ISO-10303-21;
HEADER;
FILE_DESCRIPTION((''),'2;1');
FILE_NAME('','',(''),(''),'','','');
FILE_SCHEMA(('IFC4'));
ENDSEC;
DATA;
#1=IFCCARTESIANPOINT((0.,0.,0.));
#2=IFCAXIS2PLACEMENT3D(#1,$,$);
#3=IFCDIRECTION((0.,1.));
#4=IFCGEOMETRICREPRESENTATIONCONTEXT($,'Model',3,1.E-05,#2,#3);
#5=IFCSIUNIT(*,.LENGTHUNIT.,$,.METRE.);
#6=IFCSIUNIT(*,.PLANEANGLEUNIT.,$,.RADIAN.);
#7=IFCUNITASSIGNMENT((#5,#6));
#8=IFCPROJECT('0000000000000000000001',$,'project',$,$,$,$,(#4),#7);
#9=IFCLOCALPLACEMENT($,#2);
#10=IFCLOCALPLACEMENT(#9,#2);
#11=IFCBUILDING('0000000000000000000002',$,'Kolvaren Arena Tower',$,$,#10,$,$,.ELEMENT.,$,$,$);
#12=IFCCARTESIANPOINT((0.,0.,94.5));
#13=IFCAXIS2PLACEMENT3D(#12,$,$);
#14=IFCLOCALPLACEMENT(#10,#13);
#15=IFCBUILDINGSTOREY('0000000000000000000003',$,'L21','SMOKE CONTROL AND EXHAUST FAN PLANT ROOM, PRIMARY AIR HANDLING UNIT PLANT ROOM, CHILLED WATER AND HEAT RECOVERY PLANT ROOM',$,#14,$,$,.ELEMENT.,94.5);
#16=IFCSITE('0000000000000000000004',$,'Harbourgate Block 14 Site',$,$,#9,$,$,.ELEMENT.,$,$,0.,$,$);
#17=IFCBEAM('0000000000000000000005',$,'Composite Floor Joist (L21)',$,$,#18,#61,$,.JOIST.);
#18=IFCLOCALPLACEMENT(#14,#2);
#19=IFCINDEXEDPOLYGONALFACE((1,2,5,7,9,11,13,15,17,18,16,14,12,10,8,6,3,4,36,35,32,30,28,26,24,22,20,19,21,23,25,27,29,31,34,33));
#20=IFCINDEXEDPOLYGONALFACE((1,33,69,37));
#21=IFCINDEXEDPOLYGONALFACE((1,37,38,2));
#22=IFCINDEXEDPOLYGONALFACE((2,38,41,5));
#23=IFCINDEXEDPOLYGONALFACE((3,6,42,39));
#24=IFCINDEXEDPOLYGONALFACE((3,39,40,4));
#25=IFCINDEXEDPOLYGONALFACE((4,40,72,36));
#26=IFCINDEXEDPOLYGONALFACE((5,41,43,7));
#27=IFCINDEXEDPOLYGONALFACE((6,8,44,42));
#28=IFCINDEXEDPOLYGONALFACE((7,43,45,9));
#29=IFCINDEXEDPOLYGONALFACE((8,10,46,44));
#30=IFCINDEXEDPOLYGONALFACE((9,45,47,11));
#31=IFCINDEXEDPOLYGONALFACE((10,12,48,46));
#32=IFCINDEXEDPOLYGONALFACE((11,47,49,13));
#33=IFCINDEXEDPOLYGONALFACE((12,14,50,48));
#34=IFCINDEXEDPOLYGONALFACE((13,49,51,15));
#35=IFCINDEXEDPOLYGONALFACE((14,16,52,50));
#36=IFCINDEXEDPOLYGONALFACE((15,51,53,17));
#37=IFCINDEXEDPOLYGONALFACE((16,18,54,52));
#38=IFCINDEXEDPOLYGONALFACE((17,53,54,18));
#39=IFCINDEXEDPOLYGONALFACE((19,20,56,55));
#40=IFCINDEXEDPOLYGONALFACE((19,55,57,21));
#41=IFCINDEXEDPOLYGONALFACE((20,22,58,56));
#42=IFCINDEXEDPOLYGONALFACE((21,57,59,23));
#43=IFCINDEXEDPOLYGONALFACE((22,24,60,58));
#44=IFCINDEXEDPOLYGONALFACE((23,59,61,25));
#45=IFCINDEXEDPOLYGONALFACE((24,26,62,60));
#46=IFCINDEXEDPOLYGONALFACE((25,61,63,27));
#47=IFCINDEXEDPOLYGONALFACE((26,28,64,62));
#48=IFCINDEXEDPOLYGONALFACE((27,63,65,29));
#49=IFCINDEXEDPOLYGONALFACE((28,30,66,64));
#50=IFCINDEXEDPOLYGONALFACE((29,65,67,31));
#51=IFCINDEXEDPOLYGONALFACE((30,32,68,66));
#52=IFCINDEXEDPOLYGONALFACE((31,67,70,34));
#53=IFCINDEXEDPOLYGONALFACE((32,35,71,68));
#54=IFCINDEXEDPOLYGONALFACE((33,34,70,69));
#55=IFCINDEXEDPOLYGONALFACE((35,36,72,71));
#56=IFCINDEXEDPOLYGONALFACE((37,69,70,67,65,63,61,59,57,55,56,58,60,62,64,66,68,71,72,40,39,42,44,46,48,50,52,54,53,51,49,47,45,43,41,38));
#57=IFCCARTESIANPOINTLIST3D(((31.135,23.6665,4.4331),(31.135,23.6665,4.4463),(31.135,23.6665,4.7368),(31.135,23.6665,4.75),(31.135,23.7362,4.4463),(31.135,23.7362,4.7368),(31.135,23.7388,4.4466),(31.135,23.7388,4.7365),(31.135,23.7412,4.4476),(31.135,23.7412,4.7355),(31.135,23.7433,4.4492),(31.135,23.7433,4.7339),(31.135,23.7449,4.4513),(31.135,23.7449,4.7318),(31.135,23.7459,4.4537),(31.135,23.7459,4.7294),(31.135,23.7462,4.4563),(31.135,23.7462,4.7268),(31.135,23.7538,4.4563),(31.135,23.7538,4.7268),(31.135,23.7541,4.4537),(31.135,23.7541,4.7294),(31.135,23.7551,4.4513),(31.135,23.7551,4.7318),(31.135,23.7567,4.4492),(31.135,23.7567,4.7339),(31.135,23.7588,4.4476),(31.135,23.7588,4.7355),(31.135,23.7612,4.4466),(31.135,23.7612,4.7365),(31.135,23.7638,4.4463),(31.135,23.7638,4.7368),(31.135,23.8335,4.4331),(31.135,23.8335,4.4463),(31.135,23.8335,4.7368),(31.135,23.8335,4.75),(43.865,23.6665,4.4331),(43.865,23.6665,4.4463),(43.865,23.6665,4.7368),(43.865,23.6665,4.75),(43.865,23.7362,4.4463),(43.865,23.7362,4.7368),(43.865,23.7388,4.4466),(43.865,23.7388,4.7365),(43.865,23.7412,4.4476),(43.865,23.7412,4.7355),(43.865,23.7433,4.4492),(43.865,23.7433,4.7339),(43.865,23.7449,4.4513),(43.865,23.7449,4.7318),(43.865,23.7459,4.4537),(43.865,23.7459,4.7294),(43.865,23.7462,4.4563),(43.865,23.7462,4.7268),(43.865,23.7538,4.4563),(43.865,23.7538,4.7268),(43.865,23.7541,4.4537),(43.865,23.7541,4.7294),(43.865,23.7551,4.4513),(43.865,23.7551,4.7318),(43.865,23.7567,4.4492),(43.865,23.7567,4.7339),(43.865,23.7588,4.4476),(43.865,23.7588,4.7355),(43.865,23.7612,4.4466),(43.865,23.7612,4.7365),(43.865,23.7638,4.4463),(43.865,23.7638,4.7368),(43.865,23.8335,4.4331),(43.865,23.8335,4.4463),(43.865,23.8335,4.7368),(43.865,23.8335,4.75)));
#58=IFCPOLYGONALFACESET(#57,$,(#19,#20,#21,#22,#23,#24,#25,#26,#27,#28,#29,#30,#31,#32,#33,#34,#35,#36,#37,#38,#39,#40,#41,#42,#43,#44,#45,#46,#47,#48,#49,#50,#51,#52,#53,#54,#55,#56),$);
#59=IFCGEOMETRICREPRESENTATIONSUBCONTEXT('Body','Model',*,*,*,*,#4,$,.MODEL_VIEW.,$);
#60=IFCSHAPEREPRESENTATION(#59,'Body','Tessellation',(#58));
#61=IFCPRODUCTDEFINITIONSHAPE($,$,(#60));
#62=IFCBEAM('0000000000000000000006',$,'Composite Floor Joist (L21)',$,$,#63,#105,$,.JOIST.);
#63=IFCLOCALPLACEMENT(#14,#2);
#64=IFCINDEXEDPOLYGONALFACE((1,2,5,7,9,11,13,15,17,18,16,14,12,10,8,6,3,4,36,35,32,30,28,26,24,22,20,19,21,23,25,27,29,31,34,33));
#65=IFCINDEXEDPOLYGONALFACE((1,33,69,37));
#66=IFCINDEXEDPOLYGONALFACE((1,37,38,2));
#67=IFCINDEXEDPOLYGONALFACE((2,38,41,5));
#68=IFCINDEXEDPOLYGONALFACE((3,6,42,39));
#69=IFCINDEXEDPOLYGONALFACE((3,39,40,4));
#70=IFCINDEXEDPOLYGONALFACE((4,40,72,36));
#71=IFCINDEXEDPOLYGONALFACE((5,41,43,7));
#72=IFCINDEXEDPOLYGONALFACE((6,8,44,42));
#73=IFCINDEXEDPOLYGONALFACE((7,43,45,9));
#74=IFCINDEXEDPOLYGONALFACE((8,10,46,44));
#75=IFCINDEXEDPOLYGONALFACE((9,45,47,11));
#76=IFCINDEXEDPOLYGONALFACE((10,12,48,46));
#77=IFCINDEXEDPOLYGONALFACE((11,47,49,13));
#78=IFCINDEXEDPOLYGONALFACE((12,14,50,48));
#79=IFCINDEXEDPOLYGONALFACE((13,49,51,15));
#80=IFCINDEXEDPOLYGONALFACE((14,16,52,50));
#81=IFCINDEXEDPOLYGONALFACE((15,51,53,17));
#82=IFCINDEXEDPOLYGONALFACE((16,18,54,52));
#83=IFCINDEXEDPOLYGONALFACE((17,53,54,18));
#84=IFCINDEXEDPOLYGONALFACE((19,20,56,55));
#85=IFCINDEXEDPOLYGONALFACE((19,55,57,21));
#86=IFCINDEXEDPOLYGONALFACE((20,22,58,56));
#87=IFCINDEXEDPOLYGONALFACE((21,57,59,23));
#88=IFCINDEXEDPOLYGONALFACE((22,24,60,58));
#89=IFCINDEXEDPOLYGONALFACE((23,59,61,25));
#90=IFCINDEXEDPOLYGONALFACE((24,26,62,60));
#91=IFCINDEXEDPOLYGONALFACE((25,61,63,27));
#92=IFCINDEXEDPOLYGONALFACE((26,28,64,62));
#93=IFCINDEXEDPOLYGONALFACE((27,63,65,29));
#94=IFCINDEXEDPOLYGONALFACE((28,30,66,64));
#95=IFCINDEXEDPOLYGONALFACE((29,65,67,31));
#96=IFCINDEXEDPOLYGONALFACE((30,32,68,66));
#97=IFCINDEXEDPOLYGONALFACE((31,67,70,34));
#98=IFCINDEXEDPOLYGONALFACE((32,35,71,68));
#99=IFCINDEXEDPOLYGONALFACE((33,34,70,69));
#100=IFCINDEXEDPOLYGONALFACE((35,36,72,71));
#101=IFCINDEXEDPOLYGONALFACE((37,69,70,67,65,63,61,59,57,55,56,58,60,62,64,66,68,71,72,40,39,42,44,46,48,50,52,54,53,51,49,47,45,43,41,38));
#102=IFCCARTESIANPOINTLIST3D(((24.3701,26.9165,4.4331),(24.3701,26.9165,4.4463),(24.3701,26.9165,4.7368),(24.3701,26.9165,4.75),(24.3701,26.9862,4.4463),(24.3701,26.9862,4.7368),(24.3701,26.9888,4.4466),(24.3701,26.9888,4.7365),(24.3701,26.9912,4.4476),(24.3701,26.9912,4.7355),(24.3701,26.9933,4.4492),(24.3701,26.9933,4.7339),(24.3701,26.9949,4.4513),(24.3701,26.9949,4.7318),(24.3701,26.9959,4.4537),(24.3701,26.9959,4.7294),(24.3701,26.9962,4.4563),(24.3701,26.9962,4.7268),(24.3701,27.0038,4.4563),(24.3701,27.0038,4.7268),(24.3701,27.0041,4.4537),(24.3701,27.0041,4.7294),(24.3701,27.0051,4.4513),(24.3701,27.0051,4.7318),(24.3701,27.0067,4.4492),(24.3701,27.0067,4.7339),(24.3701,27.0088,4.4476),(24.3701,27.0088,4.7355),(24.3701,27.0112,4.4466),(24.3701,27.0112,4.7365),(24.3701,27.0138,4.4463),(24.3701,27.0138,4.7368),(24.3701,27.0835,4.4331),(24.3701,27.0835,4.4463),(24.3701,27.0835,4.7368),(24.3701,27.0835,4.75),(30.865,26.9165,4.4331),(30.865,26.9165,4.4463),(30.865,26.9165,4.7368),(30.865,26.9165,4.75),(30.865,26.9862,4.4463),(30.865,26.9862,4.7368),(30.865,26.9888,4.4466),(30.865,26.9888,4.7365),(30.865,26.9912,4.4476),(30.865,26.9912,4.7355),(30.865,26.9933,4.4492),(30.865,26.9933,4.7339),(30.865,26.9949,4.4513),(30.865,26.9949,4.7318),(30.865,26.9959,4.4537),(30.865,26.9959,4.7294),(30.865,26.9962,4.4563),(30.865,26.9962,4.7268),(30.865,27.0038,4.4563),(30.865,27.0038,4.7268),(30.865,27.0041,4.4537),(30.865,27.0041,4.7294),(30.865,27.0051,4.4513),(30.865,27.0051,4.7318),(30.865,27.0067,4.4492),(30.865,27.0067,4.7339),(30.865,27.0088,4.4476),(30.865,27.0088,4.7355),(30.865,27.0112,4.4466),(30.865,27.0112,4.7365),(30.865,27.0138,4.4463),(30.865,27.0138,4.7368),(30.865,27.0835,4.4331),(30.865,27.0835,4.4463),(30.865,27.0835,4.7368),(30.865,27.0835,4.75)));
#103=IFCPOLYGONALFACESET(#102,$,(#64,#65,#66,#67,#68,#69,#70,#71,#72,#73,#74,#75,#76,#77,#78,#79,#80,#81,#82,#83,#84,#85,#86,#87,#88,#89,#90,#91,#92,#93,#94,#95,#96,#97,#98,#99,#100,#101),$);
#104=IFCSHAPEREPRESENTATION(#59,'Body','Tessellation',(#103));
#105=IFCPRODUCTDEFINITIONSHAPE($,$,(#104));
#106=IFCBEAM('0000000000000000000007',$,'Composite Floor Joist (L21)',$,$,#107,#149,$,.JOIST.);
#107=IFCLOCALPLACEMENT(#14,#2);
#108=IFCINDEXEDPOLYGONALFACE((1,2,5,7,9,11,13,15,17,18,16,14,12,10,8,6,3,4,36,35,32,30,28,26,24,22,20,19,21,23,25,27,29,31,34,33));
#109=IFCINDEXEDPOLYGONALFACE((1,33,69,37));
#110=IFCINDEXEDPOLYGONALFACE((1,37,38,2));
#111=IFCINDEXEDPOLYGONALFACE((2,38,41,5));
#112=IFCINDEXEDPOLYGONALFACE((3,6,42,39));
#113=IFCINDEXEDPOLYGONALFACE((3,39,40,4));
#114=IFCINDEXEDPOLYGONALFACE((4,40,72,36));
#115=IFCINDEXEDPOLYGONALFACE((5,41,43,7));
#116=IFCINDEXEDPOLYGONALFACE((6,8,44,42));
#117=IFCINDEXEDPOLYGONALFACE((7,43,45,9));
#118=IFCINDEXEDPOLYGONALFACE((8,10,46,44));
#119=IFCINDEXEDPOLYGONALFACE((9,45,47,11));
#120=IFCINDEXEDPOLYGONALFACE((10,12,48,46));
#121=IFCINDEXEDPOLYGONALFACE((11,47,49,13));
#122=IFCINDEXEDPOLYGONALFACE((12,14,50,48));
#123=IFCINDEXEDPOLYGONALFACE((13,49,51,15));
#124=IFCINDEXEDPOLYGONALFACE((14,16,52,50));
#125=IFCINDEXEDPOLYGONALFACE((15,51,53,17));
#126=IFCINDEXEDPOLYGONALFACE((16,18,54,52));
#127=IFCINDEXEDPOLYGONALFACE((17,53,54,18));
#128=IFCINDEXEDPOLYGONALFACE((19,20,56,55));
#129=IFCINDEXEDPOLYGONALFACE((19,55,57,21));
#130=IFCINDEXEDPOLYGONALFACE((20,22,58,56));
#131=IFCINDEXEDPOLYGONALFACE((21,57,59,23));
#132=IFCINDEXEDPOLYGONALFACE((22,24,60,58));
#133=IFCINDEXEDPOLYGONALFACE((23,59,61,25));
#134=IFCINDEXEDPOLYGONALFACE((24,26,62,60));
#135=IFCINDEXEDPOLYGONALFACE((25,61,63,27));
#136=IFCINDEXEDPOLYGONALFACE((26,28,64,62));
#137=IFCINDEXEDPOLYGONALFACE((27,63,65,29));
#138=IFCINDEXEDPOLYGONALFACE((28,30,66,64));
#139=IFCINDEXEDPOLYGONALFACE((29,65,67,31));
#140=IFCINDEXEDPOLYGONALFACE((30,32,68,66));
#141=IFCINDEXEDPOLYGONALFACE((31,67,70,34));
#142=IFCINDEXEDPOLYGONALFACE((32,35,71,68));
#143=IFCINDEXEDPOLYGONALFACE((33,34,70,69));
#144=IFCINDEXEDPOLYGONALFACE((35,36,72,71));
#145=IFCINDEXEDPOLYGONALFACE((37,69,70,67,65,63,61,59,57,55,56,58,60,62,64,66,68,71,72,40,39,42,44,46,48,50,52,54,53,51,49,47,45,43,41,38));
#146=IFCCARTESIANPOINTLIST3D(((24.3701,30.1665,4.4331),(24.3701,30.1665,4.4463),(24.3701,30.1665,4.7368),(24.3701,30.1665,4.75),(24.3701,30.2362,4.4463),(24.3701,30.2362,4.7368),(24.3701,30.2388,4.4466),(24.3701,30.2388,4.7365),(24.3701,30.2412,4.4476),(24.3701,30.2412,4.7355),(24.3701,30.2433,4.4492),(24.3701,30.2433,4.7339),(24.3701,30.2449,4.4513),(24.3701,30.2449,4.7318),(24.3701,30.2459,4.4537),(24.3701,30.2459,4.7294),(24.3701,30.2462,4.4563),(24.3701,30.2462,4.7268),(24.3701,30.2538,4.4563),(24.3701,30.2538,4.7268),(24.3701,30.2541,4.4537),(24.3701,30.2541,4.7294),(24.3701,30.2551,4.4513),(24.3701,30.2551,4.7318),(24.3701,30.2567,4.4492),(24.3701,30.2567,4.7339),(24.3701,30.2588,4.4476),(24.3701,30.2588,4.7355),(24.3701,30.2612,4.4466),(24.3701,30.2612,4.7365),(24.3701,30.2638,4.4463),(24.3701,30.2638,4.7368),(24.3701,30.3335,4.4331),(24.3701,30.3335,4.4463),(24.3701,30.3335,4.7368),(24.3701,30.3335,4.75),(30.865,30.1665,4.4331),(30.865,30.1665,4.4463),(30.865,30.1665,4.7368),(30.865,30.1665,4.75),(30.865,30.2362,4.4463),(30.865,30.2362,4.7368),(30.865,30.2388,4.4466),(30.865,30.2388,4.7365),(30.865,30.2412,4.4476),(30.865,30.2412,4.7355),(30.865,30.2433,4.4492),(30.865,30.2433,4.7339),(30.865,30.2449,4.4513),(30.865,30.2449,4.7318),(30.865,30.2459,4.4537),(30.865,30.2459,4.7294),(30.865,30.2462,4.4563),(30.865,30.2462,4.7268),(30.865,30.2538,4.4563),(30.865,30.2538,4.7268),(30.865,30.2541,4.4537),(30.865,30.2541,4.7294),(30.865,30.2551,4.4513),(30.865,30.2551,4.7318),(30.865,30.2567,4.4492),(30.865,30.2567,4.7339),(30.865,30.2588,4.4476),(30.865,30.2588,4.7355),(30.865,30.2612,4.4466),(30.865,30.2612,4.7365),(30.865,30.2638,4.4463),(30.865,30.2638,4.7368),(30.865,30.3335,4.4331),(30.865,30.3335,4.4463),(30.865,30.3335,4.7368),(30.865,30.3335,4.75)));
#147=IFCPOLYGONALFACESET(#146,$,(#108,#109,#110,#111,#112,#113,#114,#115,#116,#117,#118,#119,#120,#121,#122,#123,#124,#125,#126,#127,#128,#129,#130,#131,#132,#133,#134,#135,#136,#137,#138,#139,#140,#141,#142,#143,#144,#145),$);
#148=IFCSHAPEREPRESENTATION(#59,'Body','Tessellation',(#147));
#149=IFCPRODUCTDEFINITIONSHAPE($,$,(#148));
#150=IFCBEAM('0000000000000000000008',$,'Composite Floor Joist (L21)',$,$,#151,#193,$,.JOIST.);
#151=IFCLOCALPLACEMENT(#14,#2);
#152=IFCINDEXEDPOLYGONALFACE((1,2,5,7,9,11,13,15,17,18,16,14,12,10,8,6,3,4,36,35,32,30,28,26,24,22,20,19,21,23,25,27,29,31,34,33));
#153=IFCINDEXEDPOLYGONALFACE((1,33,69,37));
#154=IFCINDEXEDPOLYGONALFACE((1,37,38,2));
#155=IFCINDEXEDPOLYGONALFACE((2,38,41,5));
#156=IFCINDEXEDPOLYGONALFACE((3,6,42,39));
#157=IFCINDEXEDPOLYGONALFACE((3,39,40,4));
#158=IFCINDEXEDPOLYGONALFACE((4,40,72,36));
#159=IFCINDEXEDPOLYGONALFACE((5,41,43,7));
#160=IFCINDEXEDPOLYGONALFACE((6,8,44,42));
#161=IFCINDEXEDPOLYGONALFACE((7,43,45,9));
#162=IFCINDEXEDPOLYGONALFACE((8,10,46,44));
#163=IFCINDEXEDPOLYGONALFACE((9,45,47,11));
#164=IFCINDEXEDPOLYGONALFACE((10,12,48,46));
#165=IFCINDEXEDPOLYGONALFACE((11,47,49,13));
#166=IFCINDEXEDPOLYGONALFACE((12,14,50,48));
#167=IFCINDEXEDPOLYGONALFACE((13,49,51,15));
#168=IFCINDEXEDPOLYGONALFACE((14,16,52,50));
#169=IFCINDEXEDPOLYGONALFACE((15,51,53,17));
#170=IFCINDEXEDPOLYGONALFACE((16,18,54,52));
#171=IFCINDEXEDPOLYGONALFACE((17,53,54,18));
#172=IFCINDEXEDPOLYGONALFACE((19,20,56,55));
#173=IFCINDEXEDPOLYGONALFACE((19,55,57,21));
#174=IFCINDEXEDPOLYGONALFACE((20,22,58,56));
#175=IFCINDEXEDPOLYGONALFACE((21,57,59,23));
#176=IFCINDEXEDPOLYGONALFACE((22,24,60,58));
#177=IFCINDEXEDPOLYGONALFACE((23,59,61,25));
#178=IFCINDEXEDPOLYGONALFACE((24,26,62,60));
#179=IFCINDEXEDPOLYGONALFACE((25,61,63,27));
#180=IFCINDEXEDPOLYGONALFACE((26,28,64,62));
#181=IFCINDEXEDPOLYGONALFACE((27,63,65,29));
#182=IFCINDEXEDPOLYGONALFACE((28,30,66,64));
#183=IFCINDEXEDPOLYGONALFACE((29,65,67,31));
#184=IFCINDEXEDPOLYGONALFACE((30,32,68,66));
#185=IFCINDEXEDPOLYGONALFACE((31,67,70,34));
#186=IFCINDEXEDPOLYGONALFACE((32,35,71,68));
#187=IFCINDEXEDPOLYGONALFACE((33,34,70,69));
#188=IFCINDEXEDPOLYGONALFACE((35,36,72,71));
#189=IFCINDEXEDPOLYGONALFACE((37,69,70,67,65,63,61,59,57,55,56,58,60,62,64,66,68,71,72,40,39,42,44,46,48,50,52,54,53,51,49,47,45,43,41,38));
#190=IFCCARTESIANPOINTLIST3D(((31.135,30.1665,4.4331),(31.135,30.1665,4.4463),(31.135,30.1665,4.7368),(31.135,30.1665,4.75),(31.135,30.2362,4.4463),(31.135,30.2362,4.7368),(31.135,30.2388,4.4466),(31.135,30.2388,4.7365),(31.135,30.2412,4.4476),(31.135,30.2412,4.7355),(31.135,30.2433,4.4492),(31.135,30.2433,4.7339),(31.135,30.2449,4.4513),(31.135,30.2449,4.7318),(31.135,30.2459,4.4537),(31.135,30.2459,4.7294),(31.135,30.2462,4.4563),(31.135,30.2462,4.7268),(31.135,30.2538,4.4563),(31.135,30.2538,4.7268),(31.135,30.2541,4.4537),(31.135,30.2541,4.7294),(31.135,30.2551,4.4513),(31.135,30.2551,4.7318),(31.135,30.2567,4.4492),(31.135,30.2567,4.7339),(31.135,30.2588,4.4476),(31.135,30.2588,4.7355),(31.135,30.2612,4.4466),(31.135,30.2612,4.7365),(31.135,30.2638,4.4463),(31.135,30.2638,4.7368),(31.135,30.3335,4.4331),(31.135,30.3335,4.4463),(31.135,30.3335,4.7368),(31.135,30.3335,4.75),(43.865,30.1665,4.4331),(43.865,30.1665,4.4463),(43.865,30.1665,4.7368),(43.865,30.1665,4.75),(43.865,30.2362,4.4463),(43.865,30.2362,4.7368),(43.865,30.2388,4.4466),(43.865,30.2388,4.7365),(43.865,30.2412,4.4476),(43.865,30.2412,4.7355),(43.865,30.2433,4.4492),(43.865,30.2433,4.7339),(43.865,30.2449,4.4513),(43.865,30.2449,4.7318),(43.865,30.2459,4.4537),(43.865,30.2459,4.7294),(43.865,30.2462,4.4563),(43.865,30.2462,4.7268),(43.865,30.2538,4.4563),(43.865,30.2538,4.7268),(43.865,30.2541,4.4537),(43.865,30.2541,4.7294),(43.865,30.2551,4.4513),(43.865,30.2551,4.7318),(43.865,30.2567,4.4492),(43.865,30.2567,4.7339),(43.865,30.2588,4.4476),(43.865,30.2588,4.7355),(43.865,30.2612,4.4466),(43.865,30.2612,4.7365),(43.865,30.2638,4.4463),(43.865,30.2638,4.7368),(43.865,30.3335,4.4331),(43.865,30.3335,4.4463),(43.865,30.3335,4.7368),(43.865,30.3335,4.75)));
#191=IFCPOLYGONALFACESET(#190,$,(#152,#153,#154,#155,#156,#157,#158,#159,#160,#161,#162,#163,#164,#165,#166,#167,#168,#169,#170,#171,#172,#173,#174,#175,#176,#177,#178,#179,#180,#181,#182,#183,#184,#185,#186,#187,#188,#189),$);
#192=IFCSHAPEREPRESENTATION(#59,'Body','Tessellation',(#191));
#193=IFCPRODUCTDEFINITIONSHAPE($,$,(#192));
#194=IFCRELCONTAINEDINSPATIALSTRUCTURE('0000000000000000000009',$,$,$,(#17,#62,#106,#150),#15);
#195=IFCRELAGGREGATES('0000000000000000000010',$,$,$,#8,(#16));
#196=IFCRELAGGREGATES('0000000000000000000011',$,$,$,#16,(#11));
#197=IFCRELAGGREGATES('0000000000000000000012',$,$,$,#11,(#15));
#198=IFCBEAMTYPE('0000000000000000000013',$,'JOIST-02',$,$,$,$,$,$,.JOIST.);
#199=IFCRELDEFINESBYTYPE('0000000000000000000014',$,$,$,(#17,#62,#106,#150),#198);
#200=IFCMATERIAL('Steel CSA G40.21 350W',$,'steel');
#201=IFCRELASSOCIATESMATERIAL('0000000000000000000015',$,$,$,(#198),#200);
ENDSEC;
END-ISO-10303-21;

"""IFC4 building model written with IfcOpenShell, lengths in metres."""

from ifc_helpers import new_model, si_unit, direction, frame, origin, origin_2d, place, context, subcontext, project, spatial, i_section, extrude, material, material_profile, profile_set, type_object, element, save


model = new_model("IFC4")

# Units and contexts
model_context = context("Model", 3, precision=1e-05, world=origin(), true_north=direction((0.0, 1.0)))
body_context = subcontext(model_context, "Body", "Model", "MODEL_VIEW")
ifc_project = project(units=[si_unit("LENGTHUNIT", "METRE"), si_unit("PLANEANGLEUNIT", "RADIAN")], contexts=[model_context])

# Site, building, storey
site_placement = place(None, origin())
site = spatial("IfcSite", under=ifc_project, at=site_placement, Name="Harbourgate Block 14 Site", CompositionType="ELEMENT", RefElevation=0.0)
building_placement = place(site_placement, origin())
building = spatial("IfcBuilding", under=site, at=building_placement, Name="Kolvaren Arena Tower", CompositionType="ELEMENT")
storey_placement = place(building_placement, frame((0.0, 0.0, 94.5)))
storey = spatial("IfcBuildingStorey", under=building, at=storey_placement, Name="L21", Description="SMOKE CONTROL AND EXHAUST FAN PLANT ROOM, PRIMARY AIR HANDLING UNIT PLANT ROOM, CHILLED WATER AND HEAT RECOVERY PLANT ROOM", CompositionType="ELEMENT", Elevation=94.5)

# Beams
ifc_material_1 = material(Name="Steel CSA G40.21 350W", Category="steel")
ifc_material_profile_1 = material_profile(ifc_material_1, i_section(OverallWidth=0.167, OverallDepth=0.3169, WebThickness=0.0076, FlangeThickness=0.0132, FilletRadius=0.01, at=origin_2d()), Name="W310x52")
ifc_profile_set_1 = profile_set([ifc_material_profile_1], Name="Steel CSA G40.21 350W")
beam_type_1 = type_object("IfcBeamType", Name="JOIST-02", PredefinedType="JOIST", material=ifc_profile_set_1)
beam_1_placement = place(storey_placement, frame((31.135, 23.75, 4.5916), z_axis=(1.0, 0.0, 0.0), x_axis=(0.0, 1.0, 0.0)))
element("IfcBeam", 1, at=beam_1_placement, inside=storey, type_object=beam_type_1, Name="Composite Floor Joist (L21)", PredefinedType="JOIST", context=body_context, shape_type="SweptSolid", body=[
    extrude(i_section(OverallWidth=0.167, OverallDepth=0.3169, WebThickness=0.0076, FlangeThickness=0.0132, FilletRadius=0.01, at=origin_2d()), origin(), (0.0, 0.0, 1.0), 12.73),
])
for number, where, z_axis, x_axis, name in (
    (2, (24.3701, 27.0, 4.5916), (1.0, 0.0, 0.0), (0.0, 1.0, 0.0), "Composite Floor Joist (L21)"),
    (3, (24.3701, 30.25, 4.5916), (1.0, 0.0, 0.0), (0.0, 1.0, 0.0), "Composite Floor Joist (L21)"),
):
    element("IfcBeam", number, at=place(storey_placement, frame(where, z_axis=z_axis, x_axis=x_axis)), inside=storey, type_object=beam_type_1, Name=name, PredefinedType="JOIST", context=body_context, shape_type="SweptSolid", body=[
        extrude(i_section(OverallWidth=0.167, OverallDepth=0.3169, WebThickness=0.0076, FlangeThickness=0.0132, FilletRadius=0.01, at=origin_2d()), origin(), (0.0, 0.0, 1.0), 6.4949),
    ])
beam_2_placement = place(storey_placement, frame((31.135, 30.25, 4.5916), z_axis=(1.0, 0.0, 0.0), x_axis=(0.0, 1.0, 0.0)))
element("IfcBeam", 4, at=beam_2_placement, inside=storey, type_object=beam_type_1, Name="Composite Floor Joist (L21)", PredefinedType="JOIST", context=body_context, shape_type="SweptSolid", body=[
    extrude(i_section(OverallWidth=0.167, OverallDepth=0.3169, WebThickness=0.0076, FlangeThickness=0.0132, FilletRadius=0.01, at=origin_2d()), origin(), (0.0, 0.0, 1.0), 12.73),
])

save(model, "model.ifc")
